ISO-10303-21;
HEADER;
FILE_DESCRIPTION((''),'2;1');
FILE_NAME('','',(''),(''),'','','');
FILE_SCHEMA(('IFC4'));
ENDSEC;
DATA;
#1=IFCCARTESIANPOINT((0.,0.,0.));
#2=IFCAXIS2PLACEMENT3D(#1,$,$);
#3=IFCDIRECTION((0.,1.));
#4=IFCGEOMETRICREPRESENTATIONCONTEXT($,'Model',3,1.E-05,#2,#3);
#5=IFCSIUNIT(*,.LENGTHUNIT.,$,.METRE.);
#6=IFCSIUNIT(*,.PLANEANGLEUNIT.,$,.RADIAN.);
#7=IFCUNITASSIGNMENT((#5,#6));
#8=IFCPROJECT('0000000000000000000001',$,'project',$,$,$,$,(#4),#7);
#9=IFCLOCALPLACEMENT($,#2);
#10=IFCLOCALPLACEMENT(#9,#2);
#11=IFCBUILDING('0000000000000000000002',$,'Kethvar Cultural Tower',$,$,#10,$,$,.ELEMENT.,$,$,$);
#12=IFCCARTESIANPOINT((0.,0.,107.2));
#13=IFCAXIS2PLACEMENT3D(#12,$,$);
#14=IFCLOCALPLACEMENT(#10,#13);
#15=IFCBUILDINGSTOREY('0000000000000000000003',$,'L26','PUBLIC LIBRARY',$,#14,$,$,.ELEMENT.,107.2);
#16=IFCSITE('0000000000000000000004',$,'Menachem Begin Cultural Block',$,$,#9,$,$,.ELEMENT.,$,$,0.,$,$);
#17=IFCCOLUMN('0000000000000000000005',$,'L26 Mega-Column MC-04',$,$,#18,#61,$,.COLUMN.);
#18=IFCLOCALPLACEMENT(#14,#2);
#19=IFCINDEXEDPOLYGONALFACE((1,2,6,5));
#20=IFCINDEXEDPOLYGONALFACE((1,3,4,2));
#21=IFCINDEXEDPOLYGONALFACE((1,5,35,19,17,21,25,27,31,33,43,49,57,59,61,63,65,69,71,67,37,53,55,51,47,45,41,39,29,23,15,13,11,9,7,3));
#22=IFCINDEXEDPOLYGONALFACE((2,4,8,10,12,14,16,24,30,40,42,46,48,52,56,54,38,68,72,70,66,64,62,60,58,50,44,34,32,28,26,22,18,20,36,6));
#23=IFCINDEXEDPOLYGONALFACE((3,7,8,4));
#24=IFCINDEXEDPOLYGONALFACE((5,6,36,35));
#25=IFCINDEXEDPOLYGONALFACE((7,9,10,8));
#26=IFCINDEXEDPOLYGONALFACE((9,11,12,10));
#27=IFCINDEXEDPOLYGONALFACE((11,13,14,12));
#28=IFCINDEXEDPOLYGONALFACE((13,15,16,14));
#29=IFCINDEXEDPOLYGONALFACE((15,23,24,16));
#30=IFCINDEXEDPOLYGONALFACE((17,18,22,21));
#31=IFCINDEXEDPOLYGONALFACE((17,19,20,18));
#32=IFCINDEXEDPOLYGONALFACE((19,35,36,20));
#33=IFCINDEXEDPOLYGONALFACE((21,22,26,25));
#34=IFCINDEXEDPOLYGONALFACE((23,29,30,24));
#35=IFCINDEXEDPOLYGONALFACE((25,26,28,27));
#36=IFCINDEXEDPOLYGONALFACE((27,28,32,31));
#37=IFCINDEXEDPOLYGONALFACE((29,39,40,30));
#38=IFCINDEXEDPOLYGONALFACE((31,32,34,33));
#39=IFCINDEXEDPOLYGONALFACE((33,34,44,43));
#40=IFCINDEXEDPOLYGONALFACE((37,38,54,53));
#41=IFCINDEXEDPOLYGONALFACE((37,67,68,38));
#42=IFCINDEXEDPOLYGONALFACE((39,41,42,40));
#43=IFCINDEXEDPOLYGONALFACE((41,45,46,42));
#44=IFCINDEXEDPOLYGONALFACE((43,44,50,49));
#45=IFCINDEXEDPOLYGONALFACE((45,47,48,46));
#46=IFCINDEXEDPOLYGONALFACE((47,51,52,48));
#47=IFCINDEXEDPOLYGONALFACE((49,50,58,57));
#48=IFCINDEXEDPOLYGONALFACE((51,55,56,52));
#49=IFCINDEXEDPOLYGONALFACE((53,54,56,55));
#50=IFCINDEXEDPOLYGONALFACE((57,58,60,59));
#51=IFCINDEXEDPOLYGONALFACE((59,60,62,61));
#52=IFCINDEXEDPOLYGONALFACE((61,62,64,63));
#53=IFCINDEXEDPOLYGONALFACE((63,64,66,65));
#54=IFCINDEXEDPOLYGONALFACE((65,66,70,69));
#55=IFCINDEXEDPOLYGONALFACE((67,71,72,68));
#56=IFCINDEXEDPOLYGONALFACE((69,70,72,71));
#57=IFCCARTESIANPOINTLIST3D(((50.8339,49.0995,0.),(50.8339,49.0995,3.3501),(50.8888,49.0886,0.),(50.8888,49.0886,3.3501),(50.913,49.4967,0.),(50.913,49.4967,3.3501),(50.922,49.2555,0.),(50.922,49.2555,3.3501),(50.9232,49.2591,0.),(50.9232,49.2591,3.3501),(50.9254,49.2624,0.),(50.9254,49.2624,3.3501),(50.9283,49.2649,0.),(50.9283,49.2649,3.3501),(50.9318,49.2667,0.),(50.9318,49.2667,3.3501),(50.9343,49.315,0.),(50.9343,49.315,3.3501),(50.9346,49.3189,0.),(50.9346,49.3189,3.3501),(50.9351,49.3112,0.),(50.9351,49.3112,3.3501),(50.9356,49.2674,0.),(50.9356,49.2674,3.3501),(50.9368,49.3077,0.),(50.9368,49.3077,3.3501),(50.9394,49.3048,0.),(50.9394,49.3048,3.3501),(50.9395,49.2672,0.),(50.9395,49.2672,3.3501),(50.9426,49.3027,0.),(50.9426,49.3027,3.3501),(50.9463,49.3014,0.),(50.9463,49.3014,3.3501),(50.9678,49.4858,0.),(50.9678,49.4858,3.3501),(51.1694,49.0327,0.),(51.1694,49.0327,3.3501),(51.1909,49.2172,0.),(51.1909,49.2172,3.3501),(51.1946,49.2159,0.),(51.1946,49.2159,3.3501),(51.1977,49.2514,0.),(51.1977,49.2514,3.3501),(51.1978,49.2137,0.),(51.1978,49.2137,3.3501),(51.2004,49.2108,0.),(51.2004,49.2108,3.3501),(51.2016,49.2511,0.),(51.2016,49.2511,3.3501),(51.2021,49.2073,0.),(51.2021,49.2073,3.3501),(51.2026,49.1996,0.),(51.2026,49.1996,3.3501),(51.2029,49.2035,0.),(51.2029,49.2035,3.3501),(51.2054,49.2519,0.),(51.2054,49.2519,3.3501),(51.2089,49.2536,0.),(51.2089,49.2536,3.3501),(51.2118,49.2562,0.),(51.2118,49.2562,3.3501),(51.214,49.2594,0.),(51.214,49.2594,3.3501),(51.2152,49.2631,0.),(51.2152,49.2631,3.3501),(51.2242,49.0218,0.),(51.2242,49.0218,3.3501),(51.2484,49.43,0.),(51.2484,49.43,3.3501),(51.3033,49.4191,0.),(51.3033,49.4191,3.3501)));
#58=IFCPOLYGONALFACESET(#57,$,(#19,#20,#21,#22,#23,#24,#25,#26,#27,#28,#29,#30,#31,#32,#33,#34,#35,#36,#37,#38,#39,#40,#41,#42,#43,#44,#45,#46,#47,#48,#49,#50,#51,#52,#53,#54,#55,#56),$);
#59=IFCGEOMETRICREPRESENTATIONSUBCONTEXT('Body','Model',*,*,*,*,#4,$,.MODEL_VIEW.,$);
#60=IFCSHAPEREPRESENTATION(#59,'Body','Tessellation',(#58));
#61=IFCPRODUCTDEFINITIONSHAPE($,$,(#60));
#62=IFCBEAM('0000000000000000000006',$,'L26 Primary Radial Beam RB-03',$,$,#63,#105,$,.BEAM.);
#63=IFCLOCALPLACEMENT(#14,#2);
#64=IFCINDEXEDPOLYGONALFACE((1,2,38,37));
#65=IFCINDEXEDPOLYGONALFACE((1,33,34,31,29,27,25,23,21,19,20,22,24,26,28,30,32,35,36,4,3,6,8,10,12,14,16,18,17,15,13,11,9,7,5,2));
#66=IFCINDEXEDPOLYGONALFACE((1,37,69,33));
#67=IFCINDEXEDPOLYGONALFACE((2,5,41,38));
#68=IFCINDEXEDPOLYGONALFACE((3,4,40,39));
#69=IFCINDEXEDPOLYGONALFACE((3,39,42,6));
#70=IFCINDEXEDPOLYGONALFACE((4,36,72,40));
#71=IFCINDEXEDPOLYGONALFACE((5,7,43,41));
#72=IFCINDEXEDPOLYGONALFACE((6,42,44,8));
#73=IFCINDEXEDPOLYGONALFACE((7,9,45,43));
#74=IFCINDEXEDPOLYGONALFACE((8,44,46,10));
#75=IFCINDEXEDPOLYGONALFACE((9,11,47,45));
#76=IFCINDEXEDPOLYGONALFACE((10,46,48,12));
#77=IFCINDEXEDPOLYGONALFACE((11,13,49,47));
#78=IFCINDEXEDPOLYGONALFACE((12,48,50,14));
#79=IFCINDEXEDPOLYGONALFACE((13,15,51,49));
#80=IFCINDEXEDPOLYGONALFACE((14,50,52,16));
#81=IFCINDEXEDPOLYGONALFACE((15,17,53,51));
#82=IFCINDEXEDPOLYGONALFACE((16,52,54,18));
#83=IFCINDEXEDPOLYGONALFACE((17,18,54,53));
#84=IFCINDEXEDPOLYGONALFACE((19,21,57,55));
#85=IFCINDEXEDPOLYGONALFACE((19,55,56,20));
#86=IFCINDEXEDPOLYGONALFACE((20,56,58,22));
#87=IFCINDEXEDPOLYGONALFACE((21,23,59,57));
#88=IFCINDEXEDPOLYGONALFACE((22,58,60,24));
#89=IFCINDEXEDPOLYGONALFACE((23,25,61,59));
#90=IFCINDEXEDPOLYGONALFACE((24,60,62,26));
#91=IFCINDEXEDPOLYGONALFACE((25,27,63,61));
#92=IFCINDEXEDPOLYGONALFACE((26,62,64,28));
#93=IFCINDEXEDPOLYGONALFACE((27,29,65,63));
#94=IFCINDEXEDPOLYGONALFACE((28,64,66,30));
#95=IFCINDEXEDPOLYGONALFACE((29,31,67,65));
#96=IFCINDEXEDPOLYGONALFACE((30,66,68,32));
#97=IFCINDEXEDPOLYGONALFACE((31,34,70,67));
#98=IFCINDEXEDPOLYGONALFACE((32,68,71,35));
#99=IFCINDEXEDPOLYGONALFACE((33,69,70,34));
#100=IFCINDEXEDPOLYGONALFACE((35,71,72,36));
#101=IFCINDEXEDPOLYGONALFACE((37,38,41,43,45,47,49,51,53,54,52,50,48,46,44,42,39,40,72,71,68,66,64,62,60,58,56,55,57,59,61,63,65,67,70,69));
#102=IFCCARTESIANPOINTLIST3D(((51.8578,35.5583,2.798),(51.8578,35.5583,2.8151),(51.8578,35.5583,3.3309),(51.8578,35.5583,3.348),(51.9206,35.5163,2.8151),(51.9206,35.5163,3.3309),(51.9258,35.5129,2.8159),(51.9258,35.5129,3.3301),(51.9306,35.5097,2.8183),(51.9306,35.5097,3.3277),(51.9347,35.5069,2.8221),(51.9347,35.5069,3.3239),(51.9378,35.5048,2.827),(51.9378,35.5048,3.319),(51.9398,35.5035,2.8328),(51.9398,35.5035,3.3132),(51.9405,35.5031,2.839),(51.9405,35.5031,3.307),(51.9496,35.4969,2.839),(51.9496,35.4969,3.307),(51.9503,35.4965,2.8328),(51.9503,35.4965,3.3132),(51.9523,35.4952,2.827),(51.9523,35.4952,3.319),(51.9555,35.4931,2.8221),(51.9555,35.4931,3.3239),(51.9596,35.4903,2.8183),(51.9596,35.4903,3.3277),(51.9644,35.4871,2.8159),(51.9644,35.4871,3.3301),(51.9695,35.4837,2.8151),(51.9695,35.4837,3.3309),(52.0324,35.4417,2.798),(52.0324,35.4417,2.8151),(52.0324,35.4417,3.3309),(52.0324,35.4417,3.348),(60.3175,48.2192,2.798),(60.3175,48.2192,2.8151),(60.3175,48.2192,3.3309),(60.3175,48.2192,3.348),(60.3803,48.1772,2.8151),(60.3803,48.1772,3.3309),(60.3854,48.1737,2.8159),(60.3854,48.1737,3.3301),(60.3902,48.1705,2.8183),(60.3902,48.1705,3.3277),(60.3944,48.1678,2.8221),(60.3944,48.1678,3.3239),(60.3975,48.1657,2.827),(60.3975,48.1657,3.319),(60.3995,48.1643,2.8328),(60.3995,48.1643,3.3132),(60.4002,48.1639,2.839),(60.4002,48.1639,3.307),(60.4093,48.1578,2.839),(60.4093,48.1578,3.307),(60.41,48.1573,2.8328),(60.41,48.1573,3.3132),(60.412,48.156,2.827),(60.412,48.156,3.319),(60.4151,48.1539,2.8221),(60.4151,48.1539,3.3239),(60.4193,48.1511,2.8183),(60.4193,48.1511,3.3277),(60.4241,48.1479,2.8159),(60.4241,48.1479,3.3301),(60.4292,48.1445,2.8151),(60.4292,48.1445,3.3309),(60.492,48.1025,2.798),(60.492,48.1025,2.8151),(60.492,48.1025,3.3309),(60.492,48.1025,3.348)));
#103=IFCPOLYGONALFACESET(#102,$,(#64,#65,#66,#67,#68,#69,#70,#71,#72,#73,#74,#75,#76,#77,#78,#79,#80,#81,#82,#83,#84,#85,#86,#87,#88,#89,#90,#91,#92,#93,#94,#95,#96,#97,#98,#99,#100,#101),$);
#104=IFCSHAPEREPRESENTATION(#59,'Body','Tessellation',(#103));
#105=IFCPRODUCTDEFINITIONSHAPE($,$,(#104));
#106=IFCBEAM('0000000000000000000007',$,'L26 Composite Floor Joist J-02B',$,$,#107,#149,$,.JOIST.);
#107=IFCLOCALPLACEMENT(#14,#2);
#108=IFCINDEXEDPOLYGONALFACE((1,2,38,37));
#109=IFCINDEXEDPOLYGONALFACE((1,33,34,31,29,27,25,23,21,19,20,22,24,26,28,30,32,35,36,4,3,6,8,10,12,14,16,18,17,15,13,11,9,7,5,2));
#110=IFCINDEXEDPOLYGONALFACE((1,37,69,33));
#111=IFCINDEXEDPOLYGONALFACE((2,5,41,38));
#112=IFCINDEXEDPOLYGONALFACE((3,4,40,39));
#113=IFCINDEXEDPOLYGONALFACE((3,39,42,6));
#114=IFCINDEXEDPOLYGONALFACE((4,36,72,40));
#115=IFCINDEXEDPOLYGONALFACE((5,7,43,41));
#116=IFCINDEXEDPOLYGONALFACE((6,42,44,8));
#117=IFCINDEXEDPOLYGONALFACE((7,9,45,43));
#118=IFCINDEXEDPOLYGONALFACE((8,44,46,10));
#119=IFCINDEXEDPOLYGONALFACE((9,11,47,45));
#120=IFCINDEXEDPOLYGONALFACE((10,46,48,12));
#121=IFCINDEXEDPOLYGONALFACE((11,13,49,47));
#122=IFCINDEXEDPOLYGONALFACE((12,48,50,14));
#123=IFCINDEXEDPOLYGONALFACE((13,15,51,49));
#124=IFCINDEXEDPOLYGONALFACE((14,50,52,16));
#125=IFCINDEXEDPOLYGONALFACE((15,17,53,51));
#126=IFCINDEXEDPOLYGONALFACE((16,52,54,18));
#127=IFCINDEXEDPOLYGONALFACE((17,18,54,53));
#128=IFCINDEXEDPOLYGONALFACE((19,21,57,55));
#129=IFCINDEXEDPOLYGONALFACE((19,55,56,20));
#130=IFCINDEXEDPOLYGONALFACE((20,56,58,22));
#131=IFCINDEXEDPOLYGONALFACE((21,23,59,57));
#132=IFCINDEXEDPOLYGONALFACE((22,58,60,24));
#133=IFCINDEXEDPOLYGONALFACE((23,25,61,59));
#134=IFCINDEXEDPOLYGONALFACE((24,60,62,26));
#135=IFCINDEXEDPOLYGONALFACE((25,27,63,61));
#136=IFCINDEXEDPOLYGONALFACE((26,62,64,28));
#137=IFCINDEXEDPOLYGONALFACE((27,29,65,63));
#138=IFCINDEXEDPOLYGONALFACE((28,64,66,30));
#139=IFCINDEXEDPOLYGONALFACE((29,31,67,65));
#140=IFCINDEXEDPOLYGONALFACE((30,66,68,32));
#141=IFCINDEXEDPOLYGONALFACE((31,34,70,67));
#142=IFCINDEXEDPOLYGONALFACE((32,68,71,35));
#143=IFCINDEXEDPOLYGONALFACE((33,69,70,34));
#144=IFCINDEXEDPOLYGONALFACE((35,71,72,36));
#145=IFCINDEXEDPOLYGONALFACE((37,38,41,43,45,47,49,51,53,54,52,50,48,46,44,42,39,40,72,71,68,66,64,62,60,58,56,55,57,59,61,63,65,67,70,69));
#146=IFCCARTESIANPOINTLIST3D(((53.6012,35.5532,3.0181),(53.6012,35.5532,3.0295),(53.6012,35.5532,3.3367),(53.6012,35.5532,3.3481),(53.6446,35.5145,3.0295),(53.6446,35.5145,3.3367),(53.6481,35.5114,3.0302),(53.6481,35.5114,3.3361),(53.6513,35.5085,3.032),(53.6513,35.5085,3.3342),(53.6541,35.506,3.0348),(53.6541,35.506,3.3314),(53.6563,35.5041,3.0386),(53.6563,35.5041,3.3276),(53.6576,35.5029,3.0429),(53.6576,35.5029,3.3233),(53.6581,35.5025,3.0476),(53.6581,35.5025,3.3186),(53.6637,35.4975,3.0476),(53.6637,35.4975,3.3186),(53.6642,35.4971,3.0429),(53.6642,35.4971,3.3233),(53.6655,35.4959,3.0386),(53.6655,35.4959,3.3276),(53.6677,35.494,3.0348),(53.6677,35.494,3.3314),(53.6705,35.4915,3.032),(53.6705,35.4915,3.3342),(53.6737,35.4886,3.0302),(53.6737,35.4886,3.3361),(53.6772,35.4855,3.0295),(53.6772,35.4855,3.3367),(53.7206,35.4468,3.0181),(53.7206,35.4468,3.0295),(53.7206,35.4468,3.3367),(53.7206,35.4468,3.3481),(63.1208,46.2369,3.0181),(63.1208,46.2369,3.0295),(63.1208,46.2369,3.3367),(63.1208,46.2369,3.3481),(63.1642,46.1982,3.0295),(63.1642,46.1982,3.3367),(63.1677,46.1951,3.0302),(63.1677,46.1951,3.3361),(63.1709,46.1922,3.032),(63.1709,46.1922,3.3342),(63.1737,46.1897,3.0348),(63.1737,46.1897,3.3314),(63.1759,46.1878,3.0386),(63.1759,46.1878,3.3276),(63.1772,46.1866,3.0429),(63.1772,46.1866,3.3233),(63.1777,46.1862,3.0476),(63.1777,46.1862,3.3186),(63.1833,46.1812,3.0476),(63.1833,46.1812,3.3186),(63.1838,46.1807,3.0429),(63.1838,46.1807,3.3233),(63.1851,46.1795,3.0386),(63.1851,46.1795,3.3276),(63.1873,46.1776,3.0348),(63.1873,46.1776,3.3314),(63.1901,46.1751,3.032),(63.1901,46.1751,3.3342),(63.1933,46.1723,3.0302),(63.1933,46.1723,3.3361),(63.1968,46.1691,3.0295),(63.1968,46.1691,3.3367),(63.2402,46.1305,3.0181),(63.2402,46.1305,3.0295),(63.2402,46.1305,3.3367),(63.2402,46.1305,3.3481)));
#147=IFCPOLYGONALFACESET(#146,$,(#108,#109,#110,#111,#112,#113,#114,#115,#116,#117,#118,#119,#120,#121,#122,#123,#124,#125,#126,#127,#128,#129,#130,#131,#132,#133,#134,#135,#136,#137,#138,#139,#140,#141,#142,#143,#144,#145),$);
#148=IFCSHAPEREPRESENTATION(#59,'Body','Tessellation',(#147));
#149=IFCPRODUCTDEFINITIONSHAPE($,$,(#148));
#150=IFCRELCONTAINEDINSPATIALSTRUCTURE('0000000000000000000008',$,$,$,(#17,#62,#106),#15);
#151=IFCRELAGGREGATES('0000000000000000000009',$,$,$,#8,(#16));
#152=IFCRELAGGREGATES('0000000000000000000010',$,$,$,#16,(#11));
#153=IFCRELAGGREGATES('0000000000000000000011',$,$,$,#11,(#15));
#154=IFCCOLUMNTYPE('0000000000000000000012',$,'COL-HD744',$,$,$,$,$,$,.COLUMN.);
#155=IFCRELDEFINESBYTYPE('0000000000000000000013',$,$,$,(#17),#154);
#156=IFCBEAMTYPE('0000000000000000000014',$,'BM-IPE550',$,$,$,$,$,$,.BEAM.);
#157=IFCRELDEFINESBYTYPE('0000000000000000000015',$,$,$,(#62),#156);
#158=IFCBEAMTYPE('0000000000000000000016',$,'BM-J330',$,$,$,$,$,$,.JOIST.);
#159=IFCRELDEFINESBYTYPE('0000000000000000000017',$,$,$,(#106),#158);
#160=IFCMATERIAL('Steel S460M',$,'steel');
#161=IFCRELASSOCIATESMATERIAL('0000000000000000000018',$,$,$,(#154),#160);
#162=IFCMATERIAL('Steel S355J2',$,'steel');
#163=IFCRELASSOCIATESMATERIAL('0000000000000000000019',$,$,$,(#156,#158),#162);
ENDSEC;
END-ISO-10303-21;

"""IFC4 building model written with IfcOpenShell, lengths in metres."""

from ifc_helpers import new_model, si_unit, direction, frame, origin, origin_2d, place, context, subcontext, project, spatial, i_section, extrude, source, transform, mapped, material, material_profile, profile_set, type_object, element, save


model = new_model("IFC4")

# Units and contexts
model_context = context("Model", 3, precision=1e-05, world=origin(), true_north=direction((0.0, 1.0)))
body_context = subcontext(model_context, "Body", "Model", "MODEL_VIEW")
ifc_project = project(units=[si_unit("LENGTHUNIT", "METRE"), si_unit("PLANEANGLEUNIT", "RADIAN")], contexts=[model_context])

# Site, building, storey
site_placement = place(None, origin())
site = spatial("IfcSite", under=ifc_project, at=site_placement, Name="Menachem Begin Cultural Block", CompositionType="ELEMENT", RefElevation=0.0)
building_placement = place(site_placement, origin())
building = spatial("IfcBuilding", under=site, at=building_placement, Name="Kethvar Cultural Tower", CompositionType="ELEMENT")
storey_placement = place(building_placement, frame((0.0, 0.0, 107.2)))
storey = spatial("IfcBuildingStorey", under=building, at=storey_placement, Name="L26", Description="PUBLIC LIBRARY", CompositionType="ELEMENT", Elevation=107.2)

# Column
ifc_material_1 = material(Name="Steel S460M", Category="steel")
ifc_material_profile_1 = material_profile(ifc_material_1, i_section(OverallWidth=0.405, OverallDepth=0.3979, WebThickness=0.0349, FlangeThickness=0.0559, FilletRadius=0.0149, at=origin_2d()), Name="Steel S460M — HD400x744")
ifc_profile_set_1 = profile_set([ifc_material_profile_1], Name="Steel S460M — HD400x744")
column_type = type_object("IfcColumnType", Name="COL-HD744", PredefinedType="COLUMN", material=ifc_profile_set_1)
shared_shape_1 = source(origin(), body_context, "Body", "SweptSolid", [
    extrude(i_section(OverallWidth=0.405, OverallDepth=0.3979, WebThickness=0.0349, FlangeThickness=0.0559, FilletRadius=0.0149, at=origin_2d()), origin(), (0.0, 0.0, 1.0), 3.3501),
])
column_placement = place(storey_placement, frame((51.0686, 49.2593, 0.0), z_axis=(0.0, 0.0, 1.0), x_axis=(0.19509, 0.980785, 0.0)))
element("IfcColumn", 1, at=column_placement, inside=storey, type_object=column_type, Name="L26 Mega-Column MC-04", PredefinedType="COLUMN", context=body_context, shape_type="MappedRepresentation", body=[
    mapped(shared_shape_1, transform((0.0, 0.0, 0.0), scale=1.0)),
])

# Beams
ifc_material_2 = material(Name="Steel S355J2", Category="steel")
ifc_material_profile_2 = material_profile(ifc_material_2, i_section(OverallWidth=0.21, OverallDepth=0.55, WebThickness=0.011, FlangeThickness=0.0171, FilletRadius=0.0239, at=origin_2d()), Name="Steel S355J2 — IPE550")
ifc_profile_set_2 = profile_set([ifc_material_profile_2], Name="Steel S355J2 — IPE550")
beam_type_1 = type_object("IfcBeamType", Name="BM-IPE550", PredefinedType="BEAM", material=ifc_profile_set_2)
shared_shape_2 = source(origin(), body_context, "Body", "SweptSolid", [
    extrude(i_section(OverallWidth=0.21, OverallDepth=0.55, WebThickness=0.011, FlangeThickness=0.0171, FilletRadius=0.0239, at=origin_2d()), origin(), (0.0, 0.0, 1.0), 15.2271),
])
beam_1_placement = place(storey_placement, frame((51.9451, 35.5, 3.073), z_axis=(0.555569, 0.83147, 0.0), x_axis=(-0.83147, 0.555569, 0.0)))
element("IfcBeam", 2, at=beam_1_placement, inside=storey, type_object=beam_type_1, Name="L26 Primary Radial Beam RB-03", PredefinedType="BEAM", context=body_context, shape_type="MappedRepresentation", body=[
    mapped(shared_shape_2, transform((0.0, 0.0, 0.0), scale=1.0)),
])
ifc_material_profile_3 = material_profile(ifc_material_2, i_section(OverallWidth=0.1599, OverallDepth=0.3301, WebThickness=0.0076, FlangeThickness=0.0115, FilletRadius=0.0181, at=origin_2d()), Name="Steel S355J2 — IPE330")
ifc_profile_set_3 = profile_set([ifc_material_profile_3], Name="Steel S355J2 — IPE330")
beam_type_2 = type_object("IfcBeamType", Name="BM-J330", PredefinedType="JOIST", material=ifc_profile_set_3)
shared_shape_3 = source(origin(), body_context, "Body", "SweptSolid", [
    extrude(i_section(OverallWidth=0.1599, OverallDepth=0.3301, WebThickness=0.0076, FlangeThickness=0.0115, FilletRadius=0.0181, at=origin_2d()), origin(), (0.0, 0.0, 1.0), 14.3096),
])
beam_2_placement = place(storey_placement, frame((53.6609, 35.5, 3.1831), z_axis=(0.665261, 0.746611, 0.0), x_axis=(-0.746611, 0.665261, 0.0)))
element("IfcBeam", 3, at=beam_2_placement, inside=storey, type_object=beam_type_2, Name="L26 Composite Floor Joist J-02B", PredefinedType="JOIST", context=body_context, shape_type="MappedRepresentation", body=[
    mapped(shared_shape_3, transform((0.0, 0.0, 0.0), scale=1.0)),
])

save(model, "model.ifc")
